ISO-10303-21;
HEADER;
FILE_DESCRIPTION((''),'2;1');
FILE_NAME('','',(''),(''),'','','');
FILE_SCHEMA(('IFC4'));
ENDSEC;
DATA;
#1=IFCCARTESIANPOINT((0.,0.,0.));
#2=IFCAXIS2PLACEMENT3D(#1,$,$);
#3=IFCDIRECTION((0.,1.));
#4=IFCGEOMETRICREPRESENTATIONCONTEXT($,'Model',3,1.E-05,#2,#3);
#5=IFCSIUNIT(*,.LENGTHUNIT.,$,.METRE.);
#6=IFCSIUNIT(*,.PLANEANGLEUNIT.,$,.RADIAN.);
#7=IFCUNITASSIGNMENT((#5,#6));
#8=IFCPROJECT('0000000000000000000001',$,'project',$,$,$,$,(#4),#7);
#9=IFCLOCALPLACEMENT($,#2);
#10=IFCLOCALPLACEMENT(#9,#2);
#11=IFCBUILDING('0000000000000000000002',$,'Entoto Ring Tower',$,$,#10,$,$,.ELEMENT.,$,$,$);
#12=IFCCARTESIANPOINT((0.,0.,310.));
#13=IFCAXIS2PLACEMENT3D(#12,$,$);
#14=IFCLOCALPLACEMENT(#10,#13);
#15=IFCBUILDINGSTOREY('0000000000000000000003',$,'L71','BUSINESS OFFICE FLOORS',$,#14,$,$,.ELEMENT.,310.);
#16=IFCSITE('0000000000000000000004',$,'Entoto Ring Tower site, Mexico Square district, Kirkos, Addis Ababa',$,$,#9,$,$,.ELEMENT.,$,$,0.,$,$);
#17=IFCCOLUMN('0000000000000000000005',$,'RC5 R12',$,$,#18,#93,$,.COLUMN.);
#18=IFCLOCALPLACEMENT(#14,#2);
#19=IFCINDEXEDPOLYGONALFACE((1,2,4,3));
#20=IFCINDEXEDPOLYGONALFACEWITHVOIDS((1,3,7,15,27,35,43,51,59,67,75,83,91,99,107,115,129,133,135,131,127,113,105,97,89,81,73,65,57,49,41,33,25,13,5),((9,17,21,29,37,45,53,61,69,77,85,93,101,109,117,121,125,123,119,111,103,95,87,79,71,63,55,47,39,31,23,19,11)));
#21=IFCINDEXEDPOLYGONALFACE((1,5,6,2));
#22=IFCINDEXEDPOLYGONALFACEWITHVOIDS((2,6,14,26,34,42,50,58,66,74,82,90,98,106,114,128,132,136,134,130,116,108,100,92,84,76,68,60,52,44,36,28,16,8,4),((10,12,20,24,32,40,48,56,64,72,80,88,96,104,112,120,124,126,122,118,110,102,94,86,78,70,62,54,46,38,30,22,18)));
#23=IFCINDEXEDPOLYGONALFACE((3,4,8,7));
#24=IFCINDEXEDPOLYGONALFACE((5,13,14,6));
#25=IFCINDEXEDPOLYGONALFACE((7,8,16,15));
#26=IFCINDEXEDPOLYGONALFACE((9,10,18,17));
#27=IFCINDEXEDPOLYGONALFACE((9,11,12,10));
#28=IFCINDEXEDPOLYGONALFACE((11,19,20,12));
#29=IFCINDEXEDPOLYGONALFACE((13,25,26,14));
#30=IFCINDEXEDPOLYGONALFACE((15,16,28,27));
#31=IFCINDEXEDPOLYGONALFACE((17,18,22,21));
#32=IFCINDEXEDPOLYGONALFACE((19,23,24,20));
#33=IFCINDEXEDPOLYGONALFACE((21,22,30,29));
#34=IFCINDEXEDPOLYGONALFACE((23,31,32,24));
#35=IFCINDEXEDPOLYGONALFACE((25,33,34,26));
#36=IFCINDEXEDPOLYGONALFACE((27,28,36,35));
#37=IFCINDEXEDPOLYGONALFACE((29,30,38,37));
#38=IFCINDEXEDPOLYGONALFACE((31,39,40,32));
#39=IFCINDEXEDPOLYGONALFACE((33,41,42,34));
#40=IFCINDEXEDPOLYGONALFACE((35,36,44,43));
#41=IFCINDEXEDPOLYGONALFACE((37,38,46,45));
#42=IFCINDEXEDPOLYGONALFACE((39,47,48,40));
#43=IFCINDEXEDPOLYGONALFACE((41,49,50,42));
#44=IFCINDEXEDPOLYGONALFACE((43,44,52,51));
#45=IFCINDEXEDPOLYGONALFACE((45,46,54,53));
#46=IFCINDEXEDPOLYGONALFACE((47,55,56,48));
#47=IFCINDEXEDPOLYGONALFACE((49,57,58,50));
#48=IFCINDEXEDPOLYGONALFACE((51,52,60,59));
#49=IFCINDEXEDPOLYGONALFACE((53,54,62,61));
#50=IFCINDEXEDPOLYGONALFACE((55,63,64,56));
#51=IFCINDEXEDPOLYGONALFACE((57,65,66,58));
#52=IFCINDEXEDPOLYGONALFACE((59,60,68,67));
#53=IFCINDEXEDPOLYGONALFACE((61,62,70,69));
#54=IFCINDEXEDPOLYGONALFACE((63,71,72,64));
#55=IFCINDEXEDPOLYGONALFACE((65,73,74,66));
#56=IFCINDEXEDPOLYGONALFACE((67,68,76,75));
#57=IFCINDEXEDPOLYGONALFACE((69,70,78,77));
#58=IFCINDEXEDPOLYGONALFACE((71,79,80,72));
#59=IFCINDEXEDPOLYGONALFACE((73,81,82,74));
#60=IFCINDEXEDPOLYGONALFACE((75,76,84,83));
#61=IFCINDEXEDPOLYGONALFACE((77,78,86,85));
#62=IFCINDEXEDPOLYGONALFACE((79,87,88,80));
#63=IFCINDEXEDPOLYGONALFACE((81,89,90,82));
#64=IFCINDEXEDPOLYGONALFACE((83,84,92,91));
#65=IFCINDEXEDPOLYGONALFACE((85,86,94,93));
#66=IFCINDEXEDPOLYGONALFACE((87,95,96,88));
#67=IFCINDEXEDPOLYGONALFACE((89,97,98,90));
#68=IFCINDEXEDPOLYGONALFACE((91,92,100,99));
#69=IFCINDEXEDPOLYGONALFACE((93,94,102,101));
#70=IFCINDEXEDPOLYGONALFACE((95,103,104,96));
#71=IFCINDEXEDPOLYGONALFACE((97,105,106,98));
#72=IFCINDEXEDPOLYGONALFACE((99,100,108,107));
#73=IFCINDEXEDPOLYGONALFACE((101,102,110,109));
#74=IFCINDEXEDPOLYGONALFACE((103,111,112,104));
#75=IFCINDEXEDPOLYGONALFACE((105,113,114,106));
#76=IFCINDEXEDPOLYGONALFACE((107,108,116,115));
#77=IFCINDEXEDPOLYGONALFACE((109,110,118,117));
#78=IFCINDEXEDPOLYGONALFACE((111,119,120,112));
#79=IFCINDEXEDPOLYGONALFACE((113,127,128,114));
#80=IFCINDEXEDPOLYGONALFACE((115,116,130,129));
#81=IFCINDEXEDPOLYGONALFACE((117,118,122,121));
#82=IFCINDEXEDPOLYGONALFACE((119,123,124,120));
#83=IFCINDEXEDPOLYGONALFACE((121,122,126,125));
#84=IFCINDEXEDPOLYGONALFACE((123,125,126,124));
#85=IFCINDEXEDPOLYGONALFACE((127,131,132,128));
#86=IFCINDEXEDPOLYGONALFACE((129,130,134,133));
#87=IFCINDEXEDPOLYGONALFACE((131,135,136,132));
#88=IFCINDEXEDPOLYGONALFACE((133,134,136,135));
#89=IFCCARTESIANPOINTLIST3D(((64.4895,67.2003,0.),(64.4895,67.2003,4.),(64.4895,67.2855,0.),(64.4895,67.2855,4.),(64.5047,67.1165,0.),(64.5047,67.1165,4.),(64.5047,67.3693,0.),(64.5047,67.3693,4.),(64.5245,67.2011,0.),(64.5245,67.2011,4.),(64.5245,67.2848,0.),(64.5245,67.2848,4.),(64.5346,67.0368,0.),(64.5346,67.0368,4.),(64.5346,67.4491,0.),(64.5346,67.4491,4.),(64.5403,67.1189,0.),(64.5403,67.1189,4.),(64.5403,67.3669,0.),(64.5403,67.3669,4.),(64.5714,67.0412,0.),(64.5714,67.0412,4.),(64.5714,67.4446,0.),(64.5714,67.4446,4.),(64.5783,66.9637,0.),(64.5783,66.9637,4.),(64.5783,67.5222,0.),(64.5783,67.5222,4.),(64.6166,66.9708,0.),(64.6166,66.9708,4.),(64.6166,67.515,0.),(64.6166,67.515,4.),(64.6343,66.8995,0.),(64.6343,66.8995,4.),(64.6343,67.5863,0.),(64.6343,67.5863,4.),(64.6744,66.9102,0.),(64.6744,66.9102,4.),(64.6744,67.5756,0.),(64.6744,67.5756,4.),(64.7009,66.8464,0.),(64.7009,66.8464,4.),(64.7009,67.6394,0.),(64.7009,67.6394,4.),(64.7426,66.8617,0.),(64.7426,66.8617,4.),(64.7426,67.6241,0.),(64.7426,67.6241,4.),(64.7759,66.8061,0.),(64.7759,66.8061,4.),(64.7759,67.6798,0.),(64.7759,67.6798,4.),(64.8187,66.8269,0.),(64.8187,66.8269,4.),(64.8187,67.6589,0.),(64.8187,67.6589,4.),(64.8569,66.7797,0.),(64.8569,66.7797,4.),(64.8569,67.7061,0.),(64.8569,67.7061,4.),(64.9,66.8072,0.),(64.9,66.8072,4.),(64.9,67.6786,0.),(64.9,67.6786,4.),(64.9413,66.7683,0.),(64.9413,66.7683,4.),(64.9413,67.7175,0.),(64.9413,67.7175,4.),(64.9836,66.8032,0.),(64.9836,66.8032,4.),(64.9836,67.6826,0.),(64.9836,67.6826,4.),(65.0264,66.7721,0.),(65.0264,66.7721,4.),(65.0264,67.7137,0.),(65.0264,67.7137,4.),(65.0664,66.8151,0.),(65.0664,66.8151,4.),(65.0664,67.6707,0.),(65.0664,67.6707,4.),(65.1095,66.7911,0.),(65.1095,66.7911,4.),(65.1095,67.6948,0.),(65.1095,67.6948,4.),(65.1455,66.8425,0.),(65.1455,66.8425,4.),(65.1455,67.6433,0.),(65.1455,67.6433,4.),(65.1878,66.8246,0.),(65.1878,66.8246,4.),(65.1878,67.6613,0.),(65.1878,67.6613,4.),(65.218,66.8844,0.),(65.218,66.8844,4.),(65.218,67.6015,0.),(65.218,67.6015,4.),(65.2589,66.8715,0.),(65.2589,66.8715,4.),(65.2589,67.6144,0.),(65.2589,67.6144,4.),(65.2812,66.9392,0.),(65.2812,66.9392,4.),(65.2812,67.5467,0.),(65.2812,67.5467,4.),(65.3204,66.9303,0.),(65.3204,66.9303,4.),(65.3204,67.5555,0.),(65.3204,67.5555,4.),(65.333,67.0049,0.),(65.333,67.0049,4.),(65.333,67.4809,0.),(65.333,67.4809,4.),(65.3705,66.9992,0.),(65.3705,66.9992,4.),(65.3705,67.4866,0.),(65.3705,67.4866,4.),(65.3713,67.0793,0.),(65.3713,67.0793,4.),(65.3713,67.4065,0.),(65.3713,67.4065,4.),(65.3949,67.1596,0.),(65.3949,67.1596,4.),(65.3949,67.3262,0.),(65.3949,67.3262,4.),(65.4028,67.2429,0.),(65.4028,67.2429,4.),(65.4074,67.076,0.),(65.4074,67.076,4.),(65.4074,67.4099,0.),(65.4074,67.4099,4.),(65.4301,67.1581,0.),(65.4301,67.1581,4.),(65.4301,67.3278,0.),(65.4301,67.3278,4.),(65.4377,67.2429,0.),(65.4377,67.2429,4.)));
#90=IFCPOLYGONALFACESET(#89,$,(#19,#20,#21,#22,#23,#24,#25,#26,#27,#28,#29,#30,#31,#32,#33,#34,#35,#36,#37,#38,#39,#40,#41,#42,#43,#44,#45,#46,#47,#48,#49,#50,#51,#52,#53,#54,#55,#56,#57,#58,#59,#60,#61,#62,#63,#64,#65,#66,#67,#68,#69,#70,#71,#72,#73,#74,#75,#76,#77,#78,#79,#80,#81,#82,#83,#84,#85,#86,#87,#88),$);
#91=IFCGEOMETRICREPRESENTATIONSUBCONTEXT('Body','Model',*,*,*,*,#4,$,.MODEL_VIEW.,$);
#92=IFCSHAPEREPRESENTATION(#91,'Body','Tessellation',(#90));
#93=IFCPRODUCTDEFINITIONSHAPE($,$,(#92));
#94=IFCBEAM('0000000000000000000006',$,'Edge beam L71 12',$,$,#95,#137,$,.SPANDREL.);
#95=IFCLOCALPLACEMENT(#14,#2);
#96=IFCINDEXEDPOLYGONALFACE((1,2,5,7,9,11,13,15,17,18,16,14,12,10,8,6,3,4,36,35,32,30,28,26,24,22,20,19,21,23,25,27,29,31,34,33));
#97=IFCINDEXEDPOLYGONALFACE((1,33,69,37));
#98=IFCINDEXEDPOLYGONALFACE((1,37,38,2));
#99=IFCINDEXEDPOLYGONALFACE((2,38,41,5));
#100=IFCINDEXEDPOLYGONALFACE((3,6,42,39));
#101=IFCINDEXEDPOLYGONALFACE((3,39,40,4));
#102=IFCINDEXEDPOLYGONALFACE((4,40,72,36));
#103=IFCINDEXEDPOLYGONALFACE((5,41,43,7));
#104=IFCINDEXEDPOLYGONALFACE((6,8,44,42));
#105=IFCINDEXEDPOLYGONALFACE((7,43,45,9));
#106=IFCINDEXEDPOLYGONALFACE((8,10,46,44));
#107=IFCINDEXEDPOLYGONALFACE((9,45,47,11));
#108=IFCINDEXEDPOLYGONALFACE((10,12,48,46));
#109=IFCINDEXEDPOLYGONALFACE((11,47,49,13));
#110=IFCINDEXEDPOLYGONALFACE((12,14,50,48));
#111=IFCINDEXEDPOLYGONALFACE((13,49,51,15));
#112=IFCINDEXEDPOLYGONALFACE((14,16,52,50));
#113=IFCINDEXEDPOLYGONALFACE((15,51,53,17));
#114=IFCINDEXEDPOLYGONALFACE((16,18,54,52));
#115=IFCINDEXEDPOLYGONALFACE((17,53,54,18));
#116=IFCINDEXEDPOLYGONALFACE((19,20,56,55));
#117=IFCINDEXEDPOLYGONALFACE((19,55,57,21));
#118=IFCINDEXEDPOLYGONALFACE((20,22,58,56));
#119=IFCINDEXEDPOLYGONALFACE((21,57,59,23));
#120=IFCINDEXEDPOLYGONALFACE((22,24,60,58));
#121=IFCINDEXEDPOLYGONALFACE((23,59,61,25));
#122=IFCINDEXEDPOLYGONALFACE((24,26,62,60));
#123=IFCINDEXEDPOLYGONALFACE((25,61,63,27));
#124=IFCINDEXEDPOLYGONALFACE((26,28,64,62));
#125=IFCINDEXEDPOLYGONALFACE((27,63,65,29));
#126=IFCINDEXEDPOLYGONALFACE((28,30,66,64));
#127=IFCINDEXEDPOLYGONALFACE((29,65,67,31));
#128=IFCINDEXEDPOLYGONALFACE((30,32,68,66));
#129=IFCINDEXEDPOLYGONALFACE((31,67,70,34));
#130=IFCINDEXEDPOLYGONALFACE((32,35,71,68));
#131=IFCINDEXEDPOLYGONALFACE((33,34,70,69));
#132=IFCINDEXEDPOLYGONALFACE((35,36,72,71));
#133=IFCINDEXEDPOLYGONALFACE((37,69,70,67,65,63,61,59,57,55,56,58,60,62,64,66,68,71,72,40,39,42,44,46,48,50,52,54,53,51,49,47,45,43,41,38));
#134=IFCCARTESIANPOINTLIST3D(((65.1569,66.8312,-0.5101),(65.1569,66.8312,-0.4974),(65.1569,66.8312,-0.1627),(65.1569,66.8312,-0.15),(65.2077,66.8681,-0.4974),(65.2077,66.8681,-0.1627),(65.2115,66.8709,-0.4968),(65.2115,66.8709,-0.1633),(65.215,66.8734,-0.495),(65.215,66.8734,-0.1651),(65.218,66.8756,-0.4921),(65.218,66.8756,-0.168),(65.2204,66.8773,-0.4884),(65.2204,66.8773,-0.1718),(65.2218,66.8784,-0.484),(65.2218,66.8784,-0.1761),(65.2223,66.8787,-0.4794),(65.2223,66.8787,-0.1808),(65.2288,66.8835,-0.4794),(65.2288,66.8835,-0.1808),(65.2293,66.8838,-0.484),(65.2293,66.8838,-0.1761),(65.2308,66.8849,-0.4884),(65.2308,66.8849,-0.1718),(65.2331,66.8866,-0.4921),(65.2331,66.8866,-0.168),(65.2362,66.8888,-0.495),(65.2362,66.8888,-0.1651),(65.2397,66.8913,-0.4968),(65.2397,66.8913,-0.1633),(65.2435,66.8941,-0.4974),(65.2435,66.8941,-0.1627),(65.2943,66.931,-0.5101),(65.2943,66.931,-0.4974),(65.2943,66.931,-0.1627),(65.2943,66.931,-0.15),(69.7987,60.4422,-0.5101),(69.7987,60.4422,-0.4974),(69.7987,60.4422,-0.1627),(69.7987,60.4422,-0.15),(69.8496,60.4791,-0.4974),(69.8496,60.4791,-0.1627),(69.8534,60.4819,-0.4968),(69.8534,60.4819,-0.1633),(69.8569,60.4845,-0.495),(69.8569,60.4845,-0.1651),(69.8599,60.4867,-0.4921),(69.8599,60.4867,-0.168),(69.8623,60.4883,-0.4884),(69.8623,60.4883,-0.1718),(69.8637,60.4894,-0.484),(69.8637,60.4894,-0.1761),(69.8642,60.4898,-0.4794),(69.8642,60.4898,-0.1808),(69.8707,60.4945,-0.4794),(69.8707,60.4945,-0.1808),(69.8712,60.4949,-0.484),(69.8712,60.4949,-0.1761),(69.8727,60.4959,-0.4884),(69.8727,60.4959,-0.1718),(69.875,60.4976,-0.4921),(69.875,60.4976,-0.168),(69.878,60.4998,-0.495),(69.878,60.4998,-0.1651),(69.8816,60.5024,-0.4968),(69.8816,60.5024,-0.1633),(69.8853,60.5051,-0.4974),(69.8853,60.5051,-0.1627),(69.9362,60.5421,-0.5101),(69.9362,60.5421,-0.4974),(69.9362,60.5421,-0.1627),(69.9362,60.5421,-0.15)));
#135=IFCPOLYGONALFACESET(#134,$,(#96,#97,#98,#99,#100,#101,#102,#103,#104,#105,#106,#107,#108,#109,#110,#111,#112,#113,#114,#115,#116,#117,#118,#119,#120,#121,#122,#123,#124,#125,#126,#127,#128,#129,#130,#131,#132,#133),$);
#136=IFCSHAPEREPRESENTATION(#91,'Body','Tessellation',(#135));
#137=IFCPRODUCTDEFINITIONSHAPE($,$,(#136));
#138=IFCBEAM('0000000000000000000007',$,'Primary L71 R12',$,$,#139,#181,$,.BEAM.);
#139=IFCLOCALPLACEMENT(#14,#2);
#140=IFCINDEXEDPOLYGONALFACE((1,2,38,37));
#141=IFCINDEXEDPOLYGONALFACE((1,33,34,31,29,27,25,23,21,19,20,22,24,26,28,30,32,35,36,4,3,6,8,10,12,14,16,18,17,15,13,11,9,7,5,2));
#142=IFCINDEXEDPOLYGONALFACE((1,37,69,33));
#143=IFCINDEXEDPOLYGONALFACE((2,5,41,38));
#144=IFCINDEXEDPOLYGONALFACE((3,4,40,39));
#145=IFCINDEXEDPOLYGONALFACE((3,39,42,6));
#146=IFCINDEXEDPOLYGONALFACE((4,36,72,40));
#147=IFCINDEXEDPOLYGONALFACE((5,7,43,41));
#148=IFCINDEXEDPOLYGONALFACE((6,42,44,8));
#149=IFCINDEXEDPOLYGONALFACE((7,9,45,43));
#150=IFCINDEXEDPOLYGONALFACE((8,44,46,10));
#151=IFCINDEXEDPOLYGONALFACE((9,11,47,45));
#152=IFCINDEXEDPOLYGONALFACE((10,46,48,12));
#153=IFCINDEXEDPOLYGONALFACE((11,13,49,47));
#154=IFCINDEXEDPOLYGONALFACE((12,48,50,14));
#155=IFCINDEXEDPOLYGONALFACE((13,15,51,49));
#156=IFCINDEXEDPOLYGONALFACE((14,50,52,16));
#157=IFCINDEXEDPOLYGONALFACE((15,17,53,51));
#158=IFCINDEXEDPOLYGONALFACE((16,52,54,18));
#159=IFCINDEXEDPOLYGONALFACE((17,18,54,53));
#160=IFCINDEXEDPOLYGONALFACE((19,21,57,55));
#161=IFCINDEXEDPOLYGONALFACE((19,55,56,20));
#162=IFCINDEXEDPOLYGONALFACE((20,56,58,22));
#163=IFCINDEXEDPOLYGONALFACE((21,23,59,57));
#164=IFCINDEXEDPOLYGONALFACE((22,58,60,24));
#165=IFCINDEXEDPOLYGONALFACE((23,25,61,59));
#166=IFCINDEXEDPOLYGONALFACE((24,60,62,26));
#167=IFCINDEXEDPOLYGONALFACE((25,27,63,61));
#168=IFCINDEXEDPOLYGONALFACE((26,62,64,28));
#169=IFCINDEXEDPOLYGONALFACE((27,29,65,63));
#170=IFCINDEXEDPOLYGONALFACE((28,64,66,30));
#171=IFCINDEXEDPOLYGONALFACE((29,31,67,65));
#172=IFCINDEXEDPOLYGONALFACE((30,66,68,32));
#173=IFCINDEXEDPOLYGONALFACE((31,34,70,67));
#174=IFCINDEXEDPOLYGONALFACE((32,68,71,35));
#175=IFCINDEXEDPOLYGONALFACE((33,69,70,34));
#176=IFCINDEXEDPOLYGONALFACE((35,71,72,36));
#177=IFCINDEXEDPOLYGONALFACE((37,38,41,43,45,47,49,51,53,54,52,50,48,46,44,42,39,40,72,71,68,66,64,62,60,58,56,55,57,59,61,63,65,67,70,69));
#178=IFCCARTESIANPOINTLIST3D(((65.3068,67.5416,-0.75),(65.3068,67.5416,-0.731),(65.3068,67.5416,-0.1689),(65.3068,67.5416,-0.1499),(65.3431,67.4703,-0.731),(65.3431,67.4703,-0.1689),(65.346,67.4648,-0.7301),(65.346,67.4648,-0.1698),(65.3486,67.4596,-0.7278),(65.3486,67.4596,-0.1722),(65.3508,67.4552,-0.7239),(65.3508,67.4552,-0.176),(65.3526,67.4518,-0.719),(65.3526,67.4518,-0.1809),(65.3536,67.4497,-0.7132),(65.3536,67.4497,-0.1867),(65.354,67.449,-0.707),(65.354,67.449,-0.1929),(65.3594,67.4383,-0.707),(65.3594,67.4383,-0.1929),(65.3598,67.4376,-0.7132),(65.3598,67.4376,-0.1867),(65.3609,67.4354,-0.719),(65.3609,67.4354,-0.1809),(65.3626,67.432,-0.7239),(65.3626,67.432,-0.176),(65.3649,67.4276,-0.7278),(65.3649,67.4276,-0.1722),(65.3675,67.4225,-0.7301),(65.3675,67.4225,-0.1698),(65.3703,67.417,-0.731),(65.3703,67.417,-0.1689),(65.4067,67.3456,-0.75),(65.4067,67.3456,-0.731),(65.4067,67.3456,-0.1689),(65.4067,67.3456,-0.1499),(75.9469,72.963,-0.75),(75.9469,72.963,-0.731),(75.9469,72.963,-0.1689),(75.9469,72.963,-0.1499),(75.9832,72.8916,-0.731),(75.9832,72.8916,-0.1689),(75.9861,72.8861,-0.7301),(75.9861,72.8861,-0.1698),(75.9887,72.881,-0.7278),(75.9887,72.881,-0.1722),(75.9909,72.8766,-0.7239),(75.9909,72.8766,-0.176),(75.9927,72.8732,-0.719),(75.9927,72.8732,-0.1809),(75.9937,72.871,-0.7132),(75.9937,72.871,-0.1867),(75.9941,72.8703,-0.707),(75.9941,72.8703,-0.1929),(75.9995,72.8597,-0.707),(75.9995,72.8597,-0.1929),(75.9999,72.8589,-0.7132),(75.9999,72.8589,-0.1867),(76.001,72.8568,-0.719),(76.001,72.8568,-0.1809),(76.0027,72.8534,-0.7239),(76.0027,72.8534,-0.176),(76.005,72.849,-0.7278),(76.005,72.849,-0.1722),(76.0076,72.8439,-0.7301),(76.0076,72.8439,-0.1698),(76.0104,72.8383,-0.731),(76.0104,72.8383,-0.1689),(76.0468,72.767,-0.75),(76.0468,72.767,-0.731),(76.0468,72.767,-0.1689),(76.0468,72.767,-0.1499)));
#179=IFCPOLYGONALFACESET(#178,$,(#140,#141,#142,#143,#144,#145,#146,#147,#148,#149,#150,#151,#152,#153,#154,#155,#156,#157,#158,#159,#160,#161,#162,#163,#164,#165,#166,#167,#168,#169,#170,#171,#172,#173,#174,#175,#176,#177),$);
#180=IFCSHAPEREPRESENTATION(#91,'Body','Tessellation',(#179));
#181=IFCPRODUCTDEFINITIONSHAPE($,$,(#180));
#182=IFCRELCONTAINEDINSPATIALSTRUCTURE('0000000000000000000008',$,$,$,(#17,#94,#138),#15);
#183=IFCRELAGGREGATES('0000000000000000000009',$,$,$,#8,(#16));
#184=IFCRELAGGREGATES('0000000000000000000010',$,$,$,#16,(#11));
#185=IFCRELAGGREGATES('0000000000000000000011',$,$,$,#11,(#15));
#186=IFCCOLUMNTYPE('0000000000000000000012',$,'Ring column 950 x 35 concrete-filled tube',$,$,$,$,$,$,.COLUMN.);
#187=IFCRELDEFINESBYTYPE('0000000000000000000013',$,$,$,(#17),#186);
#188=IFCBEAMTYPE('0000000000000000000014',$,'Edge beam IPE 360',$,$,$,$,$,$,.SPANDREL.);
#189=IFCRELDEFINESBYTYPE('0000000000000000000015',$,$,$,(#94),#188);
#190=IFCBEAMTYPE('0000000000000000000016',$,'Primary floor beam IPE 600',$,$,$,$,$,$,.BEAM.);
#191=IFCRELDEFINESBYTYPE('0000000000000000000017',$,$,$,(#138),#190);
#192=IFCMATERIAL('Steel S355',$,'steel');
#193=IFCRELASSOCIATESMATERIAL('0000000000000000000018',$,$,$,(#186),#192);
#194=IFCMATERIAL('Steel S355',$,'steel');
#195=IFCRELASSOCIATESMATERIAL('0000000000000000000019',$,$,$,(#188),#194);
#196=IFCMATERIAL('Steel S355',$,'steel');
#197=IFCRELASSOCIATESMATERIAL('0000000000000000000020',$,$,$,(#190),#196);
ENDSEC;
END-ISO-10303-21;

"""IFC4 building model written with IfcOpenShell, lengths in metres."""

from ifc_helpers import new_model, si_unit, direction, frame, origin, origin_2d, place, context, subcontext, project, spatial, circle, hollow_circle, i_section, extrude, material, material_profile, profile_set, type_object, element, save


model = new_model("IFC4")

# Units and contexts
model_context = context("Model", 3, precision=1e-05, world=origin(), true_north=direction((0.0, 1.0)))
body_context = subcontext(model_context, "Body", "Model", "MODEL_VIEW")
ifc_project = project(units=[si_unit("LENGTHUNIT", "METRE"), si_unit("PLANEANGLEUNIT", "RADIAN")], contexts=[model_context])

# Site, building, storey
site_placement = place(None, origin())
site = spatial("IfcSite", under=ifc_project, at=site_placement, Name="Entoto Ring Tower site, Mexico Square district, Kirkos, Addis Ababa", CompositionType="ELEMENT", RefElevation=0.0)
building_placement = place(site_placement, origin())
building = spatial("IfcBuilding", under=site, at=building_placement, Name="Entoto Ring Tower", CompositionType="ELEMENT")
storey_placement = place(building_placement, frame((0.0, 0.0, 310.0)))
storey = spatial("IfcBuildingStorey", under=building, at=storey_placement, Name="L71", Description="BUSINESS OFFICE FLOORS", CompositionType="ELEMENT", Elevation=310.0)

# Column
ifc_material_1 = material(Name="Steel S355", Category="steel")
ifc_material_profile_1 = material_profile(ifc_material_1, hollow_circle(Radius=0.4751, WallThickness=0.0349, at=origin_2d()), Name="CHS 950 x 35")
ifc_material_2 = material(Name="Concrete C60/75", Category="concrete")
ifc_material_profile_2 = material_profile(ifc_material_2, circle(Radius=0.4399, at=origin_2d()), Name="Concrete C60/75 infill")
ifc_profile_set_1 = profile_set([ifc_material_profile_1, ifc_material_profile_2], Name="Steel S355")
column_type = type_object("IfcColumnType", Name="Ring column 950 x 35 concrete-filled tube", PredefinedType="COLUMN", material=ifc_profile_set_1)
column_placement = place(storey_placement, frame((64.9626, 67.2429, 0.0), z_axis=(0.0, 0.0, 1.0), x_axis=(1.0, 0.0, 0.0)))
element("IfcColumn", 1, at=column_placement, inside=storey, type_object=column_type, Name="RC5 R12", PredefinedType="COLUMN", context=body_context, shape_type="SweptSolid", body=[
    extrude(hollow_circle(Radius=0.4751, WallThickness=0.0349, at=origin_2d()), origin(), (0.0, 0.0, 1.0), 4.0),
])

# Beams
ifc_material_3 = material(Name="Steel S355", Category="steel")
ifc_material_profile_3 = material_profile(ifc_material_3, i_section(OverallWidth=0.1699, OverallDepth=0.3601, WebThickness=0.0081, FlangeThickness=0.0127, FilletRadius=0.0181, at=origin_2d()), Name="IPE 360")
ifc_profile_set_2 = profile_set([ifc_material_profile_3], Name="Steel S355")
beam_type_1 = type_object("IfcBeamType", Name="Edge beam IPE 360", PredefinedType="SPANDREL", material=ifc_profile_set_2)
beam_1_placement = place(storey_placement, frame((65.2256, 66.8811, -0.3301), z_axis=(0.587787, -0.809015, 0.0), x_axis=(0.809015, 0.587787, 0.0)))
element("IfcBeam", 2, at=beam_1_placement, inside=storey, type_object=beam_type_1, Name="Edge beam L71 12", PredefinedType="SPANDREL", context=body_context, shape_type="SweptSolid", body=[
    extrude(i_section(OverallWidth=0.1699, OverallDepth=0.3601, WebThickness=0.0081, FlangeThickness=0.0127, FilletRadius=0.0181, at=origin_2d()), origin(), (0.0, 0.0, 1.0), 7.8972),
])
ifc_material_4 = material(Name="Steel S355", Category="steel")
ifc_material_profile_4 = material_profile(ifc_material_4, i_section(OverallWidth=0.22, OverallDepth=0.6001, WebThickness=0.012, FlangeThickness=0.019, FilletRadius=0.0239, at=origin_2d()), Name="IPE 600")
ifc_profile_set_3 = profile_set([ifc_material_profile_4], Name="Steel S355")
beam_type_2 = type_object("IfcBeamType", Name="Primary floor beam IPE 600", PredefinedType="BEAM", material=ifc_profile_set_3)
beam_2_placement = place(storey_placement, frame((75.9968, 72.865, -0.45), z_axis=(-0.891008, -0.453988, 0.0), x_axis=(0.453988, -0.891008, 0.0)))
element("IfcBeam", 3, at=beam_2_placement, inside=storey, type_object=beam_type_2, Name="Primary L71 R12", PredefinedType="BEAM", context=body_context, shape_type="SweptSolid", body=[
    extrude(i_section(OverallWidth=0.22, OverallDepth=0.6001, WebThickness=0.012, FlangeThickness=0.019, FilletRadius=0.0239, at=origin_2d()), origin(), (0.0, 0.0, 1.0), 11.9417),
])

save(model, "model.ifc")
